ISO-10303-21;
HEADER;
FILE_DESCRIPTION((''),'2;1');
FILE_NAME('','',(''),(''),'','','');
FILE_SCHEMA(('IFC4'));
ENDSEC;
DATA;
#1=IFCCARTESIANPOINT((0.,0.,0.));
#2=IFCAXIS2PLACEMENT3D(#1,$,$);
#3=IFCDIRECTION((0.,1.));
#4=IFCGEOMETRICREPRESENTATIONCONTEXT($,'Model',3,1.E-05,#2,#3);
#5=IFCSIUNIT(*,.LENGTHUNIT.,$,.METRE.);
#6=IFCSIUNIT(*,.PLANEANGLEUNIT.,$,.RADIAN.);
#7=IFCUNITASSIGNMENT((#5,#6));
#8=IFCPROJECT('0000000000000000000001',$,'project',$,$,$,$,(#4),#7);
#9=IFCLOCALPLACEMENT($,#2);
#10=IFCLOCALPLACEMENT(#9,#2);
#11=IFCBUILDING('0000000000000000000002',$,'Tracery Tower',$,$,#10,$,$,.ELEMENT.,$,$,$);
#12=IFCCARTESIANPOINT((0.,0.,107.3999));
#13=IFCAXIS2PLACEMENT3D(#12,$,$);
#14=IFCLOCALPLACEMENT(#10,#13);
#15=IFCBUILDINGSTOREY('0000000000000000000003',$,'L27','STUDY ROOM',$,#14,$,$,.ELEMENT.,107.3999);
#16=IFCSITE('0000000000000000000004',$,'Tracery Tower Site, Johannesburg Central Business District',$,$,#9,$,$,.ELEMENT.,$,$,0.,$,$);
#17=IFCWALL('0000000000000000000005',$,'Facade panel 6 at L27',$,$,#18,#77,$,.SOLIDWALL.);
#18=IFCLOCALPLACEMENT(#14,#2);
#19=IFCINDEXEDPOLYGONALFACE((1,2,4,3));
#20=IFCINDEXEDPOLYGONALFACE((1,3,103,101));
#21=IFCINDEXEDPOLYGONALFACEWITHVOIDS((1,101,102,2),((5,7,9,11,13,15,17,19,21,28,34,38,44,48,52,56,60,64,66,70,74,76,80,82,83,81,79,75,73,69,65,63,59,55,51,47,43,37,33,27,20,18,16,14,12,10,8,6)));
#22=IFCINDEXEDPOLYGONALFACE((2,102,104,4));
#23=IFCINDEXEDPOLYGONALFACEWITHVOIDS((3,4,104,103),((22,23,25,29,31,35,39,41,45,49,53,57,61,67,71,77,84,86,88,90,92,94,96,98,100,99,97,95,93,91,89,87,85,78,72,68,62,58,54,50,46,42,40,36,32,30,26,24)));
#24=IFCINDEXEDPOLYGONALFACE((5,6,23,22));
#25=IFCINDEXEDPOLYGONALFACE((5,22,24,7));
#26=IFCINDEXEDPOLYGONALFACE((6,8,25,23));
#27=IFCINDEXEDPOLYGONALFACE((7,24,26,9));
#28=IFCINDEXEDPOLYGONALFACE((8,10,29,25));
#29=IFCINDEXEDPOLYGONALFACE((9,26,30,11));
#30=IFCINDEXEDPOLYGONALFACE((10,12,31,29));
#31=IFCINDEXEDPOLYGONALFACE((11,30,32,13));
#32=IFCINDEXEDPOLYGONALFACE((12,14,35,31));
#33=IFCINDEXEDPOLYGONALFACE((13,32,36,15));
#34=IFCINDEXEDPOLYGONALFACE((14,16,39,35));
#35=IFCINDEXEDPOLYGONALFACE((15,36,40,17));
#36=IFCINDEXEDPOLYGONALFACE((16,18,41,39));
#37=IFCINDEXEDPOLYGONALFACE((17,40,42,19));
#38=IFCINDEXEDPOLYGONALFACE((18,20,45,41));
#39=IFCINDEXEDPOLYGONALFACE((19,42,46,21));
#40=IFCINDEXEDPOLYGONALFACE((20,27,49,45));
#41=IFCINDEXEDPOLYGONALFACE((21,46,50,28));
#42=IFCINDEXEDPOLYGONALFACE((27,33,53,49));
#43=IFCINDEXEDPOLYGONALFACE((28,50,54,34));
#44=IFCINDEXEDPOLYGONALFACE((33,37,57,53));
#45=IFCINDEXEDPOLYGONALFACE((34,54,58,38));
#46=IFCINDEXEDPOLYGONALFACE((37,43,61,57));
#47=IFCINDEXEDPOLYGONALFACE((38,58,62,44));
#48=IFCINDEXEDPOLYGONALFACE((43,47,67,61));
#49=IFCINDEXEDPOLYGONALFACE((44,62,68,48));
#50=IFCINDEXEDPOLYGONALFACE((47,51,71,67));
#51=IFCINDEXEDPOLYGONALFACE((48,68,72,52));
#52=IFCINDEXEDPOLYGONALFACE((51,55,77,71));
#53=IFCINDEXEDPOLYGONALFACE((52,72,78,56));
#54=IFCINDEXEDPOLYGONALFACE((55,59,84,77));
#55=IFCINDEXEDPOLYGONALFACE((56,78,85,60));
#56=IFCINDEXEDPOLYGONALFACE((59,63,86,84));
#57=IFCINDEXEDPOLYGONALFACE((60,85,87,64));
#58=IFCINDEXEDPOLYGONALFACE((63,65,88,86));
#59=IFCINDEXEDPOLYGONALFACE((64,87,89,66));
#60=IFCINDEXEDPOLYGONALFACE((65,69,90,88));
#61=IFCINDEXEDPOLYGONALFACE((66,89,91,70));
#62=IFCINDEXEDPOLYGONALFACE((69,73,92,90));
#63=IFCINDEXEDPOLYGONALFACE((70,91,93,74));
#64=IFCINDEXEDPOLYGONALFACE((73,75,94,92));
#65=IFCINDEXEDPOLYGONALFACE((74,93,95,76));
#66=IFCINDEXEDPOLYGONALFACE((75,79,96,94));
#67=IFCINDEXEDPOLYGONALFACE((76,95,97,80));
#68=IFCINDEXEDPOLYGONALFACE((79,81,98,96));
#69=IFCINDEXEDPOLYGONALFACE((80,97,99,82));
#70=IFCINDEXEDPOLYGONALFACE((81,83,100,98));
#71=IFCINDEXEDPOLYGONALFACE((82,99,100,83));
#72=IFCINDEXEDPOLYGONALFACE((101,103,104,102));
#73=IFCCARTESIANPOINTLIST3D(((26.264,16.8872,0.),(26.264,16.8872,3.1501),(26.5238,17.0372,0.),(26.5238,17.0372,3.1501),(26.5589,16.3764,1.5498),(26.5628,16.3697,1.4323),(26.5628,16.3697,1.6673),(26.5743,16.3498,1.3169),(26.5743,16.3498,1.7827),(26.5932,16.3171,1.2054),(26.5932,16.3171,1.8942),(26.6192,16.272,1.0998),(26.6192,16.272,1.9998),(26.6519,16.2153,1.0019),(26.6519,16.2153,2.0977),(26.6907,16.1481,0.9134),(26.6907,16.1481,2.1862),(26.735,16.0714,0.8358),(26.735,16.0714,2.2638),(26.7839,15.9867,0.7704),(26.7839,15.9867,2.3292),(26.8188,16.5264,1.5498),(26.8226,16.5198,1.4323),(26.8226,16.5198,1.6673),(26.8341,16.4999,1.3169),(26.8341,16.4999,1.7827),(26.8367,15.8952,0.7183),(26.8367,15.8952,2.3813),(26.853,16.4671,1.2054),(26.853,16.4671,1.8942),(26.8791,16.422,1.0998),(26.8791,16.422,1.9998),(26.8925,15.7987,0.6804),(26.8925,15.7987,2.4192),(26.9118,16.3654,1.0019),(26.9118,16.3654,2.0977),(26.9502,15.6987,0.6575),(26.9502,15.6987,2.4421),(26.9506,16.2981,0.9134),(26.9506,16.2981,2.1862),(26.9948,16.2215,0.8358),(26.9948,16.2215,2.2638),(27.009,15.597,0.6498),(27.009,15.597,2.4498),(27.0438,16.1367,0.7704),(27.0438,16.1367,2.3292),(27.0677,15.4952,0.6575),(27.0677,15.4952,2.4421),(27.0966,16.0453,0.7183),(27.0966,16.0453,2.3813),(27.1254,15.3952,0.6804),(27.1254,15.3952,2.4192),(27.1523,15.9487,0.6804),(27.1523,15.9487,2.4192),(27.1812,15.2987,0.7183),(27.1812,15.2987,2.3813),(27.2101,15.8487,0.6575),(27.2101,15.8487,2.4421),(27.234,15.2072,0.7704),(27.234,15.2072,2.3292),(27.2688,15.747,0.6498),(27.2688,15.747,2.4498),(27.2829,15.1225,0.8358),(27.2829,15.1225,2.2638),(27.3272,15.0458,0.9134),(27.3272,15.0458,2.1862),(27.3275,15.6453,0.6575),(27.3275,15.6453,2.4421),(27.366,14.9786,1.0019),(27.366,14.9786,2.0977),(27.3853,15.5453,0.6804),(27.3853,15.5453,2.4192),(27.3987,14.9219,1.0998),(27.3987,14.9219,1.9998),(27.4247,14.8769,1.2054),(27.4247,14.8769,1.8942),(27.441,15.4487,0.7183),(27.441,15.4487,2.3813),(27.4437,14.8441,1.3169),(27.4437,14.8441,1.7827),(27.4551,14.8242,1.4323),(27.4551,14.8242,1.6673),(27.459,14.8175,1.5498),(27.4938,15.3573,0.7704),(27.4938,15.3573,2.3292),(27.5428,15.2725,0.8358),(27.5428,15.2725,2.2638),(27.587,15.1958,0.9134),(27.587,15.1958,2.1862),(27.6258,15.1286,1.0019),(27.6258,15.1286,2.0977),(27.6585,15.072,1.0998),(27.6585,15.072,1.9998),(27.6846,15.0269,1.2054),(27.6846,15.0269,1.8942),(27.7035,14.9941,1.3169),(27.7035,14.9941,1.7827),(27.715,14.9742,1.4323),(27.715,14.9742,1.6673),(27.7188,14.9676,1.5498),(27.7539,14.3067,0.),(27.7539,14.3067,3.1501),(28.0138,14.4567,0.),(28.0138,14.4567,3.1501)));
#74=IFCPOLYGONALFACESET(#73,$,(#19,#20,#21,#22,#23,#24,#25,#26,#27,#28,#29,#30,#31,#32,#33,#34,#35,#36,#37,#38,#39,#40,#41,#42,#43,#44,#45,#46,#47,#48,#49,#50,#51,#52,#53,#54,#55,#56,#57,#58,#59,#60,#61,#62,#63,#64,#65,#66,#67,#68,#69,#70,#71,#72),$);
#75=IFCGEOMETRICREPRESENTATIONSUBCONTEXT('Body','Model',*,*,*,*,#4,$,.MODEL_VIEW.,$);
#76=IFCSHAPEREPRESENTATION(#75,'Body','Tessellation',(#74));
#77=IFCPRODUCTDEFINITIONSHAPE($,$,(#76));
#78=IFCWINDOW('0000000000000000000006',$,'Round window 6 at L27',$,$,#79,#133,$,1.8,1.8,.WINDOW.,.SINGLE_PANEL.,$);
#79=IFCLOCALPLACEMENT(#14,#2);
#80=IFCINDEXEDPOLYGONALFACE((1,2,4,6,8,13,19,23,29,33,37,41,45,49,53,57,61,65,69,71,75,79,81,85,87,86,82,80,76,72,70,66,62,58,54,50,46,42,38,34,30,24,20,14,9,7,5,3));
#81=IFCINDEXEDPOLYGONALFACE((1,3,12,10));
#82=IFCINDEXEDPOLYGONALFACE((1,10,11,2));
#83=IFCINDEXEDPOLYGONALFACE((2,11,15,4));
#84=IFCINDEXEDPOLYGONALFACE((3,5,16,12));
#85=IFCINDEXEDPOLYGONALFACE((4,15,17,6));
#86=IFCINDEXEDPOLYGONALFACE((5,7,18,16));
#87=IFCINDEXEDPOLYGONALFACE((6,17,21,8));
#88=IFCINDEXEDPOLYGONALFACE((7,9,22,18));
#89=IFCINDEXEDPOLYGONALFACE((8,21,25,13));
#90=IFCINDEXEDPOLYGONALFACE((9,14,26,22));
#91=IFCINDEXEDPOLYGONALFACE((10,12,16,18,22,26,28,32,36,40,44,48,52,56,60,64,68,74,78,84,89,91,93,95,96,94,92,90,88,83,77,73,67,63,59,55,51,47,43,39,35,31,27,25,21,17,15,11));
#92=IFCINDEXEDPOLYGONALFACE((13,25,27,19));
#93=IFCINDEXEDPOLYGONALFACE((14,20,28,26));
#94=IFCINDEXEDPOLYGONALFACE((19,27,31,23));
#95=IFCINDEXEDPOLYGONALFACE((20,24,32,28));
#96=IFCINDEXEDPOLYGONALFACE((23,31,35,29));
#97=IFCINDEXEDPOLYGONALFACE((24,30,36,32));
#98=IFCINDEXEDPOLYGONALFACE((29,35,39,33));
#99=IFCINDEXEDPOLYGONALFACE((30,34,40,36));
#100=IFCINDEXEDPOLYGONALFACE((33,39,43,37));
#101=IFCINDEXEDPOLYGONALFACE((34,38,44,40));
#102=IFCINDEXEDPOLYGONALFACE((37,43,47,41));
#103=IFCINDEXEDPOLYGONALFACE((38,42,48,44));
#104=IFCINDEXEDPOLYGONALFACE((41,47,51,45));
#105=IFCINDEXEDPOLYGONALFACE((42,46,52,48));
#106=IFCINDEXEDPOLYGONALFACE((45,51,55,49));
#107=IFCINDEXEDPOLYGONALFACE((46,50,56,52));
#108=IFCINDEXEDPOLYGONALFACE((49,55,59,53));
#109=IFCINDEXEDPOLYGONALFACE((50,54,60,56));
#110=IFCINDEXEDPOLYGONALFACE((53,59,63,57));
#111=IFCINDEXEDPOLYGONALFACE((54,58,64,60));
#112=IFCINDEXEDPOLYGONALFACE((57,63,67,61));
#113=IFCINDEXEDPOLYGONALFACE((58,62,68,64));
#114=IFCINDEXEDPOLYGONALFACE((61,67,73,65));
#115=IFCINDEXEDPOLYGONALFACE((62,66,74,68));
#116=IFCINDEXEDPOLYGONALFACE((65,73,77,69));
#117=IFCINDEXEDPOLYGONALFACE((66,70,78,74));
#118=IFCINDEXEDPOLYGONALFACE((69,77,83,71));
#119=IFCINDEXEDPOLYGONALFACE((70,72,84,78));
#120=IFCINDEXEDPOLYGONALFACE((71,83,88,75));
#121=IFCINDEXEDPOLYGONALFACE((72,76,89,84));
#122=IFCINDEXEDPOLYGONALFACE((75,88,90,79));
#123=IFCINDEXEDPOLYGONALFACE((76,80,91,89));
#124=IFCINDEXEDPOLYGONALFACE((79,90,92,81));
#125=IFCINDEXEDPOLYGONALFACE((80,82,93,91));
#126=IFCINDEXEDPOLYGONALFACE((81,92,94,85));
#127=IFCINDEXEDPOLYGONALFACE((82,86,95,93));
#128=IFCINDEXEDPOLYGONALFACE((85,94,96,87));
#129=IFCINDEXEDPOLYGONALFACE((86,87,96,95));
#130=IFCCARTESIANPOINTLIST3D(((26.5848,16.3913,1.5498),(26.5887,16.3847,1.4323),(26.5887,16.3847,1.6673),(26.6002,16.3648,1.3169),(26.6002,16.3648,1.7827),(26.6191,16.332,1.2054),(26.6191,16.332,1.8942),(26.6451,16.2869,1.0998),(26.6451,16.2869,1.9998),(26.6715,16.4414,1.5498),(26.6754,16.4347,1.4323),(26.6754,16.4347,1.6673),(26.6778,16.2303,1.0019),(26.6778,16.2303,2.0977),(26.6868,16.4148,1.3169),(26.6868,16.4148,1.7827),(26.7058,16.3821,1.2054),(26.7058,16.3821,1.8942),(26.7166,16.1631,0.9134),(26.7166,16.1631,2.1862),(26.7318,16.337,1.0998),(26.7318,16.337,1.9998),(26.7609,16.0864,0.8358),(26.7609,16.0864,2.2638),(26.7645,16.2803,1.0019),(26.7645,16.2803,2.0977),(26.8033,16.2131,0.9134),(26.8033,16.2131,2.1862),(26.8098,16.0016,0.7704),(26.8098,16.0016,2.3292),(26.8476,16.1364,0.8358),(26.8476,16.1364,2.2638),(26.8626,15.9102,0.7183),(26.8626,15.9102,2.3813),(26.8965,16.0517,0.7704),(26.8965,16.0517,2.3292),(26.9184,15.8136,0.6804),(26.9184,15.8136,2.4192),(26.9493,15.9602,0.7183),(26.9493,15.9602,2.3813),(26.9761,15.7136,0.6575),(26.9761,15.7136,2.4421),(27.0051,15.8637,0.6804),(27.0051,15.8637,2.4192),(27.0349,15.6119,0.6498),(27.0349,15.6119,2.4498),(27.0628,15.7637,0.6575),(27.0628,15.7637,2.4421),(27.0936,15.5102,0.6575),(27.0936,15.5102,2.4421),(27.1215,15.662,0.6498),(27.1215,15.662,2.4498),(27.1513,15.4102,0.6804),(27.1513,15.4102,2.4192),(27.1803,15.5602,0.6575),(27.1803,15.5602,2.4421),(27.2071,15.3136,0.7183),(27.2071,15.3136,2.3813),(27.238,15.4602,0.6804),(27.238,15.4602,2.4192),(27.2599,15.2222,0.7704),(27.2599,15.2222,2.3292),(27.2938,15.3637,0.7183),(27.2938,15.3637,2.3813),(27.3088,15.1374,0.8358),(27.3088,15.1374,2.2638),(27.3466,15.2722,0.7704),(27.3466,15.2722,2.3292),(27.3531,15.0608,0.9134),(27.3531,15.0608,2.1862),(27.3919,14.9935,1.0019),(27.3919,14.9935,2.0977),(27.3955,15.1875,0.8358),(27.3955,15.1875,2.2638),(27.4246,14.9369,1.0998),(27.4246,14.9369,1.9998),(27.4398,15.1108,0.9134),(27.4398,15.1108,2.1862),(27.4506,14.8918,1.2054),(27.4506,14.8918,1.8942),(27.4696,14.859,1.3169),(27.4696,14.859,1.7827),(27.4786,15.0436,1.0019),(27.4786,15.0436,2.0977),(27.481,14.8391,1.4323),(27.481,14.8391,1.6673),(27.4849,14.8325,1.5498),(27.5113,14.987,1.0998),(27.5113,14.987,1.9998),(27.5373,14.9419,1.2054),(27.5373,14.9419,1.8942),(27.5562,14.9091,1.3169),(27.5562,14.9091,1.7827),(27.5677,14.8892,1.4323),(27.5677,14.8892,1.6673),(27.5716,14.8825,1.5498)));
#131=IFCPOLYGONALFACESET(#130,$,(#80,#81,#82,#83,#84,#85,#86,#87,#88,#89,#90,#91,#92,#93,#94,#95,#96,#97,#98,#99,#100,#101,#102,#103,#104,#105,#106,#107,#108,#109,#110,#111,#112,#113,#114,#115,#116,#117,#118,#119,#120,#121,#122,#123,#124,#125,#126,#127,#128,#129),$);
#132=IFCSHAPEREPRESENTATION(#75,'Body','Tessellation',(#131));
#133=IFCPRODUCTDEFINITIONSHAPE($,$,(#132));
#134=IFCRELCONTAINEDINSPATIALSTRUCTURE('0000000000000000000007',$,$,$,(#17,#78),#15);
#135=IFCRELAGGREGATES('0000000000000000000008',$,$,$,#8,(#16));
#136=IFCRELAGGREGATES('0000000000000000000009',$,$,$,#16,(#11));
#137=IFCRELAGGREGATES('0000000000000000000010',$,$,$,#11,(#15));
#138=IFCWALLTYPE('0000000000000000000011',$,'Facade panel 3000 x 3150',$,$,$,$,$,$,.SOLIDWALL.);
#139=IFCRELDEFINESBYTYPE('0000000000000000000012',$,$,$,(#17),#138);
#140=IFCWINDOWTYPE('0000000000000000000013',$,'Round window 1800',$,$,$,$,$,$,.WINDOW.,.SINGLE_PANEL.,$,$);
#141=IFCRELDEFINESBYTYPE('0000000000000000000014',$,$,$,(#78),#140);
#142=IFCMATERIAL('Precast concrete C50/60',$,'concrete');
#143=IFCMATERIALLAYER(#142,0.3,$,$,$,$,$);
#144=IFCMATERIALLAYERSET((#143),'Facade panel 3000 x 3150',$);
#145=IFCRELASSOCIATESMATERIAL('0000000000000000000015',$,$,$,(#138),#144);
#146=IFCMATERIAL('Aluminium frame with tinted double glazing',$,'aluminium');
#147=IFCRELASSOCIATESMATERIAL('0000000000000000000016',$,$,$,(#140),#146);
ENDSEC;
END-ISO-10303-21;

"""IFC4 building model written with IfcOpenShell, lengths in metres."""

from ifc_helpers import new_model, si_unit, direction, frame, frame_2d, origin, origin_2d, place, context, subcontext, project, spatial, rectangle, circle, extrude, material, layer, layer_set, type_object, element, fill, save


model = new_model("IFC4")

# Units and contexts
model_context = context("Model", 3, precision=1e-05, world=origin(), true_north=direction((0.0, 1.0)))
body_context = subcontext(model_context, "Body", "Model", "MODEL_VIEW")
ifc_project = project(units=[si_unit("LENGTHUNIT", "METRE"), si_unit("PLANEANGLEUNIT", "RADIAN")], contexts=[model_context])

# Site, building, storey
site_placement = place(None, origin())
site = spatial("IfcSite", under=ifc_project, at=site_placement, Name="Tracery Tower Site, Johannesburg Central Business District", CompositionType="ELEMENT", RefElevation=0.0)
building_placement = place(site_placement, origin())
building = spatial("IfcBuilding", under=site, at=building_placement, Name="Tracery Tower", CompositionType="ELEMENT")
storey_placement = place(building_placement, frame((0.0, 0.0, 107.3999)))
storey = spatial("IfcBuildingStorey", under=building, at=storey_placement, Name="L27", Description="STUDY ROOM", CompositionType="ELEMENT", Elevation=107.3999)

# Wall, opening, window
ifc_material_1 = material(Name="Precast concrete C50/60", Category="concrete")
ifc_layer_1 = layer(ifc_material_1, 0.3)
ifc_layer_set_1 = layer_set([ifc_layer_1], Name="Facade panel 3000 x 3150")
wall_type_1 = type_object("IfcWallType", Name="Facade panel 3000 x 3150", PredefinedType="SOLIDWALL", material=ifc_layer_set_1)
wall_1_placement = place(storey_placement, frame((27.8838, 14.3818, 0.0), z_axis=(0.0, 0.0, 1.0), x_axis=(-0.500025, 0.866011, 0.0)))
wall_1 = element("IfcWall", 1, at=wall_1_placement, inside=storey, type_object=wall_type_1, Name="Facade panel 6 at L27", PredefinedType="SOLIDWALL", context=body_context, shape_type="SweptSolid", body=[
    extrude(rectangle(XDim=2.9797, YDim=0.3, at=frame_2d((1.4897, 0.0))), origin(), (0.0, 0.0, 1.0), 3.1501),
])
opening_1_placement = place(wall_1_placement, frame((1.4897, 0.0, 1.5498)))
opening_1 = element("IfcOpeningElement", 2, at=opening_1_placement, cuts=wall_1, PredefinedType="OPENING", context=body_context, shape_type="SweptSolid", body=[
    extrude(circle(Radius=0.9, at=origin_2d()), frame((0.0, 0.1599, 0.0), z_axis=(0.0, -1.0, 0.0), x_axis=(1.0, 0.0, 0.0)), (0.0, 0.0, 1.0), 0.3201),
])
ifc_material_2 = material(Name="Aluminium frame with tinted double glazing", Category="aluminium")
window_type = type_object("IfcWindowType", Name="Round window 1800", PartitioningType="SINGLE_PANEL", PredefinedType="WINDOW", material=ifc_material_2)
window_1_placement = place(opening_1_placement, origin())
window_1 = element("IfcWindow", 3, at=window_1_placement, inside=storey, type_object=window_type, Name="Round window 6 at L27", OverallHeight=1.8, OverallWidth=1.8, PartitioningType="SINGLE_PANEL", PredefinedType="WINDOW", context=body_context, shape_type="SweptSolid", body=[
    extrude(circle(Radius=0.9, at=origin_2d()), frame((0.0, 0.1201, 0.0), z_axis=(0.0, -1.0, 0.0), x_axis=(1.0, 0.0, 0.0)), (0.0, 0.0, 1.0), 0.1001),
])
fill(opening_1, window_1)

save(model, "model.ifc")
